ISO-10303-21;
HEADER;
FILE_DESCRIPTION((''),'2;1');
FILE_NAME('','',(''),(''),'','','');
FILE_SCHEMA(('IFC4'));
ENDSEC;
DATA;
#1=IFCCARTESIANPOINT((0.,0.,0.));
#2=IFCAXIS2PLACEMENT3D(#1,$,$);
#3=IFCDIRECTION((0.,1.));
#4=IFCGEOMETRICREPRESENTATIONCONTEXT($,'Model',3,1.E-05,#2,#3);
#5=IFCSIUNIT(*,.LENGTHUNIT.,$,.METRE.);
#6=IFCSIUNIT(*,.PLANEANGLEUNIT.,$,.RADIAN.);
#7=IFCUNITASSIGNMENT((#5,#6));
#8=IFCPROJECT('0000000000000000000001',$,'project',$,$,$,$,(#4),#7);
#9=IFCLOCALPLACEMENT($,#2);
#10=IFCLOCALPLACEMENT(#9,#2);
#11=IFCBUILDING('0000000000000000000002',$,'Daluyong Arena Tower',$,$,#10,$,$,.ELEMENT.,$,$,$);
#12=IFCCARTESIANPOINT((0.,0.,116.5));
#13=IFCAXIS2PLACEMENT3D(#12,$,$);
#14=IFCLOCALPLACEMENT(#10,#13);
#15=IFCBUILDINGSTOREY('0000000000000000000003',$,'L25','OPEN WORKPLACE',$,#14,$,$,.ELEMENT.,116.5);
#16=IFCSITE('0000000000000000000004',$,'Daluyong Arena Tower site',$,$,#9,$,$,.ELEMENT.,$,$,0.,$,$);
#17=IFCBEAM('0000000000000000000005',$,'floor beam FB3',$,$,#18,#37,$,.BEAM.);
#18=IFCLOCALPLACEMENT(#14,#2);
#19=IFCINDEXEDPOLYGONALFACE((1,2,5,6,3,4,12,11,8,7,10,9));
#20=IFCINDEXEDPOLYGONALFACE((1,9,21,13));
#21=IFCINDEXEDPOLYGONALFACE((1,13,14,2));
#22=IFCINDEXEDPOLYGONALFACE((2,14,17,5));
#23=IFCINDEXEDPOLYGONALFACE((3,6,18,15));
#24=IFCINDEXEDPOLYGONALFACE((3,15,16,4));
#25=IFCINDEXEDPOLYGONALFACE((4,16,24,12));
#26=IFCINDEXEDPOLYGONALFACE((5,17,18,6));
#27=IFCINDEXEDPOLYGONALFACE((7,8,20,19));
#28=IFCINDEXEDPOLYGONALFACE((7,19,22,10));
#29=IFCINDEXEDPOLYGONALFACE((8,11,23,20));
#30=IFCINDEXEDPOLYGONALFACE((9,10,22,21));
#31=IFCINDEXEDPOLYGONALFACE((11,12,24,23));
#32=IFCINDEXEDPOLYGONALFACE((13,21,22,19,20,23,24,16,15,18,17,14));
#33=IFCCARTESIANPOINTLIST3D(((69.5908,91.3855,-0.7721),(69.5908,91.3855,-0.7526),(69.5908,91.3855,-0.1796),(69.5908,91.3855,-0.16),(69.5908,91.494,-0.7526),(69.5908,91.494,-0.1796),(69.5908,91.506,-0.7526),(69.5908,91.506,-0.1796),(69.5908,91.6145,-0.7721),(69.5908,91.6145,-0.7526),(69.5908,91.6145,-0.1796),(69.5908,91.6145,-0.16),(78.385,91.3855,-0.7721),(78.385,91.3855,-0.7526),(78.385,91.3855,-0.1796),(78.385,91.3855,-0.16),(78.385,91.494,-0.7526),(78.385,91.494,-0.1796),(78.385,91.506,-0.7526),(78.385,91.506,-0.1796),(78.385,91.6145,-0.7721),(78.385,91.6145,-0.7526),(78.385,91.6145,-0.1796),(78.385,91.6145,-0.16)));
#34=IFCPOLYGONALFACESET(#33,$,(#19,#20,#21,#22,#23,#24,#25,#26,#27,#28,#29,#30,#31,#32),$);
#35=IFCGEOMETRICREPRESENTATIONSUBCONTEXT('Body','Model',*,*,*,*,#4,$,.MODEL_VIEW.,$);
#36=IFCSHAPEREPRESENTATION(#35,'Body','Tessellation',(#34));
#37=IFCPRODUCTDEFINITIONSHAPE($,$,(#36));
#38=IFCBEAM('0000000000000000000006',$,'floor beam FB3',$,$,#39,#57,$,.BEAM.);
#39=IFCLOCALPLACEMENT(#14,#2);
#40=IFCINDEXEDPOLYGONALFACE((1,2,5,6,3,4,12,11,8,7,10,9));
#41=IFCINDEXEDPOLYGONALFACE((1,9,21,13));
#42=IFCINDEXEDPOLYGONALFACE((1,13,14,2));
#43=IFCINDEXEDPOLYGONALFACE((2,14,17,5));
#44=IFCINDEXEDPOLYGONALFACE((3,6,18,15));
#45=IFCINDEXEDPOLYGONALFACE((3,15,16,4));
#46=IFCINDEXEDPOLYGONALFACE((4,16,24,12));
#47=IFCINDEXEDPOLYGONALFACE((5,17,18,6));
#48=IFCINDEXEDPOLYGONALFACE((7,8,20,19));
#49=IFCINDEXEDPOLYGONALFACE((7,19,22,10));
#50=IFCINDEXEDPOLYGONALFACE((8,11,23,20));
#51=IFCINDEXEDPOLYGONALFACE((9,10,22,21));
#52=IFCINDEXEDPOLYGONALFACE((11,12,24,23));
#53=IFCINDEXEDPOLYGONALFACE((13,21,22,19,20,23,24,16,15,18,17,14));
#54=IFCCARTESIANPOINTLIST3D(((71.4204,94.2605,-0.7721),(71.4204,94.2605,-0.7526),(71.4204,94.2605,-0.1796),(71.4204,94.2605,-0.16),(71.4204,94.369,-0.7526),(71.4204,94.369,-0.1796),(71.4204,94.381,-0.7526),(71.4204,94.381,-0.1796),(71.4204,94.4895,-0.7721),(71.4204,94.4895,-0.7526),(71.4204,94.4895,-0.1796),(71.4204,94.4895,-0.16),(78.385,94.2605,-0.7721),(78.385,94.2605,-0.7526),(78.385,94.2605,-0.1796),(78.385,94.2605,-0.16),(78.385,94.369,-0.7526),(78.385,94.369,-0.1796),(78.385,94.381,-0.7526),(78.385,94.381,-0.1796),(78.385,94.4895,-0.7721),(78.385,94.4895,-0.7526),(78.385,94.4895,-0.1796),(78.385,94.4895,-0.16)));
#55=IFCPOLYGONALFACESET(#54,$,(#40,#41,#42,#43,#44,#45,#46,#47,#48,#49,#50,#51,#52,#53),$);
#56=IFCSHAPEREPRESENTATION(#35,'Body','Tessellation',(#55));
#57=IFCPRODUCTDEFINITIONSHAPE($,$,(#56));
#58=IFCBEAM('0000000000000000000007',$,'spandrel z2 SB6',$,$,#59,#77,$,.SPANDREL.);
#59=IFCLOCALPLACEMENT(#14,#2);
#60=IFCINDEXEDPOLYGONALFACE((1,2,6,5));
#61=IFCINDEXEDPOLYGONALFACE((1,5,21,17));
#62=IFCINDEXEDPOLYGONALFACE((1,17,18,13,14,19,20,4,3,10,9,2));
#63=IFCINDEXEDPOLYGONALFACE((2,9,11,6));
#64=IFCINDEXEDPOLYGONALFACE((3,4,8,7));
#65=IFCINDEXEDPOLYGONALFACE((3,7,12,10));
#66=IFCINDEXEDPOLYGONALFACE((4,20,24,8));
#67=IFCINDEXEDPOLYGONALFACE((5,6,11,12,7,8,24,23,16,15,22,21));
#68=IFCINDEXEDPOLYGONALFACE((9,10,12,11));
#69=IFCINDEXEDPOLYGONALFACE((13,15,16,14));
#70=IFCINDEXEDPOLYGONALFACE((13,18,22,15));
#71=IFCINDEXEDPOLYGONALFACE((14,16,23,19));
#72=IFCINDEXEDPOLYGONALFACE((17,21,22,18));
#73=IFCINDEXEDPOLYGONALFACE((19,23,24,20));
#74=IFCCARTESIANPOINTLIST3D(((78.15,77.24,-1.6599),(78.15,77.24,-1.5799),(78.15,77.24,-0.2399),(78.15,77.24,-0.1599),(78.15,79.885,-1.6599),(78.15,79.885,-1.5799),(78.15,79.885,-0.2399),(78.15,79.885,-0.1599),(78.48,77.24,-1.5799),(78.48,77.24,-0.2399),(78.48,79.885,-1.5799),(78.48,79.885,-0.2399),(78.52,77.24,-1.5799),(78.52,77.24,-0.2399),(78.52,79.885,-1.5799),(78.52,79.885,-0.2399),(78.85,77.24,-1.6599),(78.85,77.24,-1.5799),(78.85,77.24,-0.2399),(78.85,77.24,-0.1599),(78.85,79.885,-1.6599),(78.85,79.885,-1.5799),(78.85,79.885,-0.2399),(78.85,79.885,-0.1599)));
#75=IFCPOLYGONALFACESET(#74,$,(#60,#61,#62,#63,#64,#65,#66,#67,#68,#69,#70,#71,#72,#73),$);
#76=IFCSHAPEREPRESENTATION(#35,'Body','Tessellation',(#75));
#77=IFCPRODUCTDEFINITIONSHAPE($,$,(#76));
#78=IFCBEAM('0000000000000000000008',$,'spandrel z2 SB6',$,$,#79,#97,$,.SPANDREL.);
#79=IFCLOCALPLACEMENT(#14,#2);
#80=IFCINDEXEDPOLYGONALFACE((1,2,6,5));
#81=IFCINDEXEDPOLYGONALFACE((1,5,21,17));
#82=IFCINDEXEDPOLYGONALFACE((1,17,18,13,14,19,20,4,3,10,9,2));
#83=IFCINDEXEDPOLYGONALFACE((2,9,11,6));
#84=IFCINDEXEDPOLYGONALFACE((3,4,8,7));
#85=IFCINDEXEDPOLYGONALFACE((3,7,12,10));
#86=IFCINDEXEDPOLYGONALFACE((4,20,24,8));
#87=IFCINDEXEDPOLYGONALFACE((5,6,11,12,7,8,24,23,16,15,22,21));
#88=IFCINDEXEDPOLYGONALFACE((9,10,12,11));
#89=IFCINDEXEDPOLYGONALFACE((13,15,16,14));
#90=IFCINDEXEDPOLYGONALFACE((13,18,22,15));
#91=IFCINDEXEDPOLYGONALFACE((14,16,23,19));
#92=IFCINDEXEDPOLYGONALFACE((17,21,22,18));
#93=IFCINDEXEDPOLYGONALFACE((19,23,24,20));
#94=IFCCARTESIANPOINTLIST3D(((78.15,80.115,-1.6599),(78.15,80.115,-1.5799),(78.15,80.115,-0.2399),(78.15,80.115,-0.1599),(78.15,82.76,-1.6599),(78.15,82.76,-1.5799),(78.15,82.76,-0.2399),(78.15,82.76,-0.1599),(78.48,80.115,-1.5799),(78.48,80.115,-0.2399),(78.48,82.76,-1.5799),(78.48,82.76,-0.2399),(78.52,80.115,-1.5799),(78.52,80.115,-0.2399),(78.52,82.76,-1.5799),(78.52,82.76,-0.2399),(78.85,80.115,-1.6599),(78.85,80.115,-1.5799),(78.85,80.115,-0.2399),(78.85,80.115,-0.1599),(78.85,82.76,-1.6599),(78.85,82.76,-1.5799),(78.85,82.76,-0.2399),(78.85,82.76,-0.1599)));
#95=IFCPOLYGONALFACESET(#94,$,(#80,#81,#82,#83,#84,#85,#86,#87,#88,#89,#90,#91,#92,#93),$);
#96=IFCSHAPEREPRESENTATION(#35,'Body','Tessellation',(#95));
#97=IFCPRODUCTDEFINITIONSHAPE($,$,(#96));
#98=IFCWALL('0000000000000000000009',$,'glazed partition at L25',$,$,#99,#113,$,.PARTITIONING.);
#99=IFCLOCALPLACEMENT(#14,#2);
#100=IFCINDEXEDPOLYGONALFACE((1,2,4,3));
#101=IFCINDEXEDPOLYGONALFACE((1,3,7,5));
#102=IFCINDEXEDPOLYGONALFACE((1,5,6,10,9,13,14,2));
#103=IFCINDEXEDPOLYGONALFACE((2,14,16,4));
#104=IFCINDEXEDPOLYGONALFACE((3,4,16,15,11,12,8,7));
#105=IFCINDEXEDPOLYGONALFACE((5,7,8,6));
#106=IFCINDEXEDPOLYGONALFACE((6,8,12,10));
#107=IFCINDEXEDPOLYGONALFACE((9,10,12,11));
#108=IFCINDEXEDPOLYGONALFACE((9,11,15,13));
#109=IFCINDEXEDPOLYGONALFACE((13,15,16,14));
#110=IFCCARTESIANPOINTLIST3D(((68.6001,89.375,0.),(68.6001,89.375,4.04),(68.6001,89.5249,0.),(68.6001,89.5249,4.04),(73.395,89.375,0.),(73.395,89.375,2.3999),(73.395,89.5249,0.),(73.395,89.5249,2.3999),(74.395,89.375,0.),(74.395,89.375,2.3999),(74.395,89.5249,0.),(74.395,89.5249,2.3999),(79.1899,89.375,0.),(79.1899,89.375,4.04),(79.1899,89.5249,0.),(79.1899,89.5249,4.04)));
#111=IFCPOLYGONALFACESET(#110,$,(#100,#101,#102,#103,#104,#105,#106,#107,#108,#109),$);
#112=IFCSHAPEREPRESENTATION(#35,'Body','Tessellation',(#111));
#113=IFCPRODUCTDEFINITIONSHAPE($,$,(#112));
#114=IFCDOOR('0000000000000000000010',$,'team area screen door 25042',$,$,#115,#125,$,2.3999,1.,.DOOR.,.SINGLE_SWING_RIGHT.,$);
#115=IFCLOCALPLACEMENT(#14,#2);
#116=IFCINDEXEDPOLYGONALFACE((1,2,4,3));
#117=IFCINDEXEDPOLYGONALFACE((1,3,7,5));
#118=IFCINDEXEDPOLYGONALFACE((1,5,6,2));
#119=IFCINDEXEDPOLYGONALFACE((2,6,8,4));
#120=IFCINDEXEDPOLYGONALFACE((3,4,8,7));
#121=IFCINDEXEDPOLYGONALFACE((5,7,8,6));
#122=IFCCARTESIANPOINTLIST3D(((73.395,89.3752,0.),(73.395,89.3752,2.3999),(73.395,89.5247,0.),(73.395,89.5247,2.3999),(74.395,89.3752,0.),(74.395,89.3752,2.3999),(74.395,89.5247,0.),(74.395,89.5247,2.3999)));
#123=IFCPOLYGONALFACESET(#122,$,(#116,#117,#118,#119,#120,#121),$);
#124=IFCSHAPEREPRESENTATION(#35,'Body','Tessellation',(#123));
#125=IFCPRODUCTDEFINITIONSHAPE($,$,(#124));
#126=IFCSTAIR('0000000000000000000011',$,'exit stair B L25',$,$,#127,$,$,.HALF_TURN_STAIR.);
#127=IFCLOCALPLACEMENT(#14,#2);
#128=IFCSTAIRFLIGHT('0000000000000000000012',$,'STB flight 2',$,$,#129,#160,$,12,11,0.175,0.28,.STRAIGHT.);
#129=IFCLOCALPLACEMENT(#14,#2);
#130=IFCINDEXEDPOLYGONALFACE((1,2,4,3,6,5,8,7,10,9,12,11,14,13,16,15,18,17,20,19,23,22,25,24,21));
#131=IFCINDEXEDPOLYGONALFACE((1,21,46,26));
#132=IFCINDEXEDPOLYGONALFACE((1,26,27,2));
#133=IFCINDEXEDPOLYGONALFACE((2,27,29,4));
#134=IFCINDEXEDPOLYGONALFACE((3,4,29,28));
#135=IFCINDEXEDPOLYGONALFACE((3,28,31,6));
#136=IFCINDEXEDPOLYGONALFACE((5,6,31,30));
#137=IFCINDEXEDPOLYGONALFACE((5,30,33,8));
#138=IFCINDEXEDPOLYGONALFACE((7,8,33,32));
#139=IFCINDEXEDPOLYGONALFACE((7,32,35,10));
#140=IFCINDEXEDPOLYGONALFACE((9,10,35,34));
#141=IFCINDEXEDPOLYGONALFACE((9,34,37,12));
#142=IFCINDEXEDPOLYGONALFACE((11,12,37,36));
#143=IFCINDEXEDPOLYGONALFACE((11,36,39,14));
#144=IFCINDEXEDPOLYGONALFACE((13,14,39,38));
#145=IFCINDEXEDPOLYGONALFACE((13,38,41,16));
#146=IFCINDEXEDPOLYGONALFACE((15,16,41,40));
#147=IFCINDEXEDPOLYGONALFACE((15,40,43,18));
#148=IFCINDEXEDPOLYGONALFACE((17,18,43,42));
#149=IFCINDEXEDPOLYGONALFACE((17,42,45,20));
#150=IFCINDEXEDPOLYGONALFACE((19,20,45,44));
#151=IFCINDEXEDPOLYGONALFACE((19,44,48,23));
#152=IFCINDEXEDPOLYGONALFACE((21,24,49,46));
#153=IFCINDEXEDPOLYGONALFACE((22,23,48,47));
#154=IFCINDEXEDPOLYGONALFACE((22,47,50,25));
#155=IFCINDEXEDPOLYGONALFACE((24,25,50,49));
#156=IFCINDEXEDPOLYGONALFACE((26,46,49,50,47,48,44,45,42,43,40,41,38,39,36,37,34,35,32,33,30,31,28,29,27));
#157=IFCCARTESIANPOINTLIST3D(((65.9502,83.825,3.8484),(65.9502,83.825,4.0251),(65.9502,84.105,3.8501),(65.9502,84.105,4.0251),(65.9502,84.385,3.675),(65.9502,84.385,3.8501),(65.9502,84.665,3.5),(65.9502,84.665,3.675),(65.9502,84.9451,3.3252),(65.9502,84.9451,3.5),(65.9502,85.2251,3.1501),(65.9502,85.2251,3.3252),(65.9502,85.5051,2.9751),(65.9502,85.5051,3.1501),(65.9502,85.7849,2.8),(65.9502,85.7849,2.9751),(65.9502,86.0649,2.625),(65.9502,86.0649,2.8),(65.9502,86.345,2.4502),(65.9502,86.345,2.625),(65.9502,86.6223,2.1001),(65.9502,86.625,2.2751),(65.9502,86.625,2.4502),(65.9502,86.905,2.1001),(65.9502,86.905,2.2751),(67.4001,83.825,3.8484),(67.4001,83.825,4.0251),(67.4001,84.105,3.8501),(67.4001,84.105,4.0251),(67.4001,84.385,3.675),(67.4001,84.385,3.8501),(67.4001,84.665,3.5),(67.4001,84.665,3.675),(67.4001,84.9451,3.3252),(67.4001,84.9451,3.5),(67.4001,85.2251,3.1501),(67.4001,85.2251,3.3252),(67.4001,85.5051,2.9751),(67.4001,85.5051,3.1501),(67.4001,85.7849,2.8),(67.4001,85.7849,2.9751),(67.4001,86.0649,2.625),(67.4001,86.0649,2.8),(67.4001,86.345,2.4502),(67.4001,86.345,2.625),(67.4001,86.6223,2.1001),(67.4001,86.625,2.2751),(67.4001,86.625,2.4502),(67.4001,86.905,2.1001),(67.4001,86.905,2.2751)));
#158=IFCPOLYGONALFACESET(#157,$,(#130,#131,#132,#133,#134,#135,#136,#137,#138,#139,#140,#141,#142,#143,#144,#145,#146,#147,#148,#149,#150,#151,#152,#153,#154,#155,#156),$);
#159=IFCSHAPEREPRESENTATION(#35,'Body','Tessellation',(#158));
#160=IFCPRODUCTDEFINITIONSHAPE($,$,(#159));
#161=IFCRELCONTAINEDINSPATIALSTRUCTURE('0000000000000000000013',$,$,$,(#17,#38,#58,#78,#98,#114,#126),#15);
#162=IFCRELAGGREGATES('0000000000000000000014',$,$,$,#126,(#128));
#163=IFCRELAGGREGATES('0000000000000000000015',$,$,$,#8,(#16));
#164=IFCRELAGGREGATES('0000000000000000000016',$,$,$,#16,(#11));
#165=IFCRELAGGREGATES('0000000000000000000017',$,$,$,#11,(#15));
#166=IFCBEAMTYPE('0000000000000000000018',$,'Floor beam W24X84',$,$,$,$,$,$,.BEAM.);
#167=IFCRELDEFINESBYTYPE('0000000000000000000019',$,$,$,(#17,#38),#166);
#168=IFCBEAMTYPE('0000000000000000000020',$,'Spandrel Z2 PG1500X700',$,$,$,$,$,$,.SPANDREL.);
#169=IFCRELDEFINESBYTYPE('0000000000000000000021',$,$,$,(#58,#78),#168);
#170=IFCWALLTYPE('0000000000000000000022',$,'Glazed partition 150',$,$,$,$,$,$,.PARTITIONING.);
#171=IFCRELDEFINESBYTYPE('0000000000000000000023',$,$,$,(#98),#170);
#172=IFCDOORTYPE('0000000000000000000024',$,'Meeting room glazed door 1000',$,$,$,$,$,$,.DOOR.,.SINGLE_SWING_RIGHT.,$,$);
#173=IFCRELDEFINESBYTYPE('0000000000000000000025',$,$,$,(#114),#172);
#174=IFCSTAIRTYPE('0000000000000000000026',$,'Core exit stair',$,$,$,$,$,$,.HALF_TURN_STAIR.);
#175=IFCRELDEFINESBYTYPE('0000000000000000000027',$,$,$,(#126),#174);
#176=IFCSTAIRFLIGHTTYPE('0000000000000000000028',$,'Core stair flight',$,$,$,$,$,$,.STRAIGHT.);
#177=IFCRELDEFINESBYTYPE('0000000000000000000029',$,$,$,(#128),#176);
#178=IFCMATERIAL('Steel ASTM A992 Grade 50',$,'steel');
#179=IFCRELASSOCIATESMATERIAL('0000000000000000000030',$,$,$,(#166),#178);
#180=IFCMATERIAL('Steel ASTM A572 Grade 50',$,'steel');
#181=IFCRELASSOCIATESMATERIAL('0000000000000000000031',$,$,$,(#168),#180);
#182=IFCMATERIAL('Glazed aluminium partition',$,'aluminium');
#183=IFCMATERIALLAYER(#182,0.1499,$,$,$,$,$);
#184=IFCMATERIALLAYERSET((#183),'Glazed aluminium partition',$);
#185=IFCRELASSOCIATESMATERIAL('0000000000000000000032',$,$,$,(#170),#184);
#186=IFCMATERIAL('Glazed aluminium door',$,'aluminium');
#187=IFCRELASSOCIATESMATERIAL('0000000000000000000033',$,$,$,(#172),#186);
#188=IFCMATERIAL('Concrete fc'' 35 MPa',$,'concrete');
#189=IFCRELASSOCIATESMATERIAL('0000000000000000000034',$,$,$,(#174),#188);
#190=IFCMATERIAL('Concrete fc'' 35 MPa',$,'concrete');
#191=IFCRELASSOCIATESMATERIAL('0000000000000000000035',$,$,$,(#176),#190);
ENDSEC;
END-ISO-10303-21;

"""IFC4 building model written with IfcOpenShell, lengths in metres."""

from ifc_helpers import new_model, si_unit, direction, frame, frame_2d, origin, origin_2d, place, context, subcontext, project, spatial, polyline, rectangle, i_section, outline, extrude, material, layer, layer_set, material_profile, profile_set, type_object, element, fill, aggregate, save


model = new_model("IFC4")

# Units and contexts
model_context = context("Model", 3, precision=1e-05, world=origin(), true_north=direction((0.0, 1.0)))
body_context = subcontext(model_context, "Body", "Model", "MODEL_VIEW")
ifc_project = project(units=[si_unit("LENGTHUNIT", "METRE"), si_unit("PLANEANGLEUNIT", "RADIAN")], contexts=[model_context])

# Site, building, storey
site_placement = place(None, origin())
site = spatial("IfcSite", under=ifc_project, at=site_placement, Name="Daluyong Arena Tower site", CompositionType="ELEMENT", RefElevation=0.0)
building_placement = place(site_placement, origin())
building = spatial("IfcBuilding", under=site, at=building_placement, Name="Daluyong Arena Tower", CompositionType="ELEMENT")
storey_placement = place(building_placement, frame((0.0, 0.0, 116.5)))
storey = spatial("IfcBuildingStorey", under=building, at=storey_placement, Name="L25", Description="OPEN WORKPLACE", CompositionType="ELEMENT", Elevation=116.5)

# Beams
ifc_material_1 = material(Name="Steel ASTM A992 Grade 50", Category="steel")
ifc_material_profile_1 = material_profile(ifc_material_1, i_section(OverallWidth=0.229, OverallDepth=0.6121, WebThickness=0.012, FlangeThickness=0.0195, at=origin_2d()))
ifc_profile_set_1 = profile_set([ifc_material_profile_1], Name="Steel ASTM A992 Grade 50")
beam_type_1 = type_object("IfcBeamType", Name="Floor beam W24X84", PredefinedType="BEAM", material=ifc_profile_set_1)
beam_1_placement = place(storey_placement, frame((78.385, 91.5, -0.4661), z_axis=(-1.0, 0.0, 0.0), x_axis=(0.0, -1.0, 0.0)))
element("IfcBeam", 1, at=beam_1_placement, inside=storey, type_object=beam_type_1, Name="floor beam FB3", PredefinedType="BEAM", context=body_context, shape_type="SweptSolid", body=[
    extrude(i_section(OverallWidth=0.229, OverallDepth=0.6121, WebThickness=0.012, FlangeThickness=0.0195, at=origin_2d()), origin(), (0.0, 0.0, 1.0), 8.7942),
])
beam_2_placement = place(storey_placement, frame((78.385, 94.375, -0.4661), z_axis=(-1.0, 0.0, 0.0), x_axis=(0.0, -1.0, 0.0)))
element("IfcBeam", 2, at=beam_2_placement, inside=storey, type_object=beam_type_1, Name="floor beam FB3", PredefinedType="BEAM", context=body_context, shape_type="SweptSolid", body=[
    extrude(i_section(OverallWidth=0.229, OverallDepth=0.6121, WebThickness=0.012, FlangeThickness=0.0195, at=origin_2d()), origin(), (0.0, 0.0, 1.0), 6.9646),
])
ifc_material_2 = material(Name="Steel ASTM A572 Grade 50", Category="steel")
ifc_material_profile_2 = material_profile(ifc_material_2, i_section(OverallWidth=0.7, OverallDepth=1.5, WebThickness=0.04, FlangeThickness=0.08, at=origin_2d()))
ifc_profile_set_2 = profile_set([ifc_material_profile_2], Name="Steel ASTM A572 Grade 50")
beam_type_2 = type_object("IfcBeamType", Name="Spandrel Z2 PG1500X700", PredefinedType="SPANDREL", material=ifc_profile_set_2)
for number, where, z_axis, x_axis, name in (
    (3, (78.5, 77.24, -0.9099), (0.0, 1.0, 0.0), (-1.0, 0.0, 0.0), "spandrel z2 SB6"),
    (4, (78.5, 80.115, -0.9099), (0.0, 1.0, 0.0), (-1.0, 0.0, 0.0), "spandrel z2 SB6"),
):
    element("IfcBeam", number, at=place(storey_placement, frame(where, z_axis=z_axis, x_axis=x_axis)), inside=storey, type_object=beam_type_2, Name=name, PredefinedType="SPANDREL", context=body_context, shape_type="SweptSolid", body=[
        extrude(i_section(OverallWidth=0.7, OverallDepth=1.5, WebThickness=0.04, FlangeThickness=0.08, at=origin_2d()), origin(), (0.0, 0.0, 1.0), 2.645),
    ])

# Wall, opening, door
ifc_material_3 = material(Name="Glazed aluminium partition", Category="aluminium")
ifc_layer = layer(ifc_material_3, 0.1499)
ifc_layer_set = layer_set([ifc_layer], Name="Glazed aluminium partition")
wall_type = type_object("IfcWallType", Name="Glazed partition 150", PredefinedType="PARTITIONING", material=ifc_layer_set)
wall_placement = place(storey_placement, frame((68.6001, 89.45, 0.0), z_axis=(0.0, 0.0, 1.0), x_axis=(1.0, 0.0, 0.0)))
wall = element("IfcWall", 5, at=wall_placement, inside=storey, type_object=wall_type, Name="glazed partition at L25", PredefinedType="PARTITIONING", context=body_context, shape_type="SweptSolid", body=[
    extrude(rectangle(XDim=10.5898, YDim=0.1499, at=frame_2d((5.2949, 0.0))), origin(), (0.0, 0.0, 1.0), 4.04),
])
opening_placement = place(wall_placement, frame((4.7949, 0.0, 0.0)))
opening = element("IfcOpeningElement", 6, at=opening_placement, cuts=wall, PredefinedType="OPENING", context=body_context, shape_type="SweptSolid", body=[
    extrude(rectangle(XDim=1.0, YDim=2.3999, at=frame_2d((0.5, 1.2))), frame((0.0, 0.085, 0.0), z_axis=(0.0, -1.0, 0.0), x_axis=(1.0, 0.0, 0.0)), (0.0, 0.0, 1.0), 0.1699),
])
ifc_material_4 = material(Name="Glazed aluminium door", Category="aluminium")
door_type = type_object("IfcDoorType", Name="Meeting room glazed door 1000", OperationType="SINGLE_SWING_RIGHT", PredefinedType="DOOR", material=ifc_material_4)
door_placement = place(opening_placement, origin())
door = element("IfcDoor", 7, at=door_placement, inside=storey, type_object=door_type, Name="team area screen door 25042", OperationType="SINGLE_SWING_RIGHT", OverallHeight=2.3999, OverallWidth=1.0, PredefinedType="DOOR", context=body_context, shape_type="SweptSolid", body=[
    extrude(rectangle(XDim=1.0, YDim=2.3999, at=frame_2d((0.5, 1.2))), frame((0.0, 0.0747, 0.0), z_axis=(0.0, -1.0, 0.0), x_axis=(1.0, 0.0, 0.0)), (0.0, 0.0, 1.0), 0.1494),
])
fill(opening, door)

# Stair, stair flight
ifc_material_5 = material(Name="Concrete fc' 35 MPa", Category="concrete")
stair_type = type_object("IfcStairType", Name="Core exit stair", PredefinedType="HALF_TURN_STAIR", material=ifc_material_5)
stair_placement = place(storey_placement, origin())
stair = element("IfcStair", 8, at=stair_placement, inside=storey, type_object=stair_type, Name="exit stair B L25", PredefinedType="HALF_TURN_STAIR")
ifc_material_6 = material(Name="Concrete fc' 35 MPa", Category="concrete")
stair_flight_type = type_object("IfcStairFlightType", Name="Core stair flight", PredefinedType="STRAIGHT", material=ifc_material_6)
stair_flight_placement = place(storey_placement, frame((66.675, 86.905, 2.1001), z_axis=(0.0, 0.0, 1.0), x_axis=(0.0, -1.0, 0.0)))
stair_flight = element("IfcStairFlight", 9, at=stair_flight_placement, type_object=stair_flight_type, Name="STB flight 2", NumberOfRisers=12, NumberOfTreads=11, PredefinedType="STRAIGHT", RiserHeight=0.175, TreadLength=0.28, context=body_context, shape_type="SweptSolid", body=[
    extrude(outline(polyline([(0.0, 0.0), (0.0, 0.175), (0.28, 0.175), (0.28, 0.3501), (0.5601, 0.3501), (0.5601, 0.5249), (0.8401, 0.5249), (0.8401, 0.7), (1.1201, 0.7), (1.1201, 0.875), (1.3999, 0.875), (1.3999, 1.05), (1.6799, 1.05), (1.6799, 1.2251), (1.96, 1.2251), (1.96, 1.3999), (2.24, 1.3999), (2.24, 1.575), (2.52, 1.575), (2.52, 1.75), (2.8, 1.75), (2.8, 1.925), (3.0801, 1.925), (3.0801, 2.1001), (3.0801, 1.7483), (0.2827, 0.0), (0.0, 0.0)])), frame((0.0, 0.7251, 0.0), z_axis=(0.0, -1.0, 0.0), x_axis=(1.0, 0.0, 0.0)), (0.0, 0.0, 1.0), 1.45),
])
aggregate(stair, [stair_flight])

save(model, "model.ifc")
